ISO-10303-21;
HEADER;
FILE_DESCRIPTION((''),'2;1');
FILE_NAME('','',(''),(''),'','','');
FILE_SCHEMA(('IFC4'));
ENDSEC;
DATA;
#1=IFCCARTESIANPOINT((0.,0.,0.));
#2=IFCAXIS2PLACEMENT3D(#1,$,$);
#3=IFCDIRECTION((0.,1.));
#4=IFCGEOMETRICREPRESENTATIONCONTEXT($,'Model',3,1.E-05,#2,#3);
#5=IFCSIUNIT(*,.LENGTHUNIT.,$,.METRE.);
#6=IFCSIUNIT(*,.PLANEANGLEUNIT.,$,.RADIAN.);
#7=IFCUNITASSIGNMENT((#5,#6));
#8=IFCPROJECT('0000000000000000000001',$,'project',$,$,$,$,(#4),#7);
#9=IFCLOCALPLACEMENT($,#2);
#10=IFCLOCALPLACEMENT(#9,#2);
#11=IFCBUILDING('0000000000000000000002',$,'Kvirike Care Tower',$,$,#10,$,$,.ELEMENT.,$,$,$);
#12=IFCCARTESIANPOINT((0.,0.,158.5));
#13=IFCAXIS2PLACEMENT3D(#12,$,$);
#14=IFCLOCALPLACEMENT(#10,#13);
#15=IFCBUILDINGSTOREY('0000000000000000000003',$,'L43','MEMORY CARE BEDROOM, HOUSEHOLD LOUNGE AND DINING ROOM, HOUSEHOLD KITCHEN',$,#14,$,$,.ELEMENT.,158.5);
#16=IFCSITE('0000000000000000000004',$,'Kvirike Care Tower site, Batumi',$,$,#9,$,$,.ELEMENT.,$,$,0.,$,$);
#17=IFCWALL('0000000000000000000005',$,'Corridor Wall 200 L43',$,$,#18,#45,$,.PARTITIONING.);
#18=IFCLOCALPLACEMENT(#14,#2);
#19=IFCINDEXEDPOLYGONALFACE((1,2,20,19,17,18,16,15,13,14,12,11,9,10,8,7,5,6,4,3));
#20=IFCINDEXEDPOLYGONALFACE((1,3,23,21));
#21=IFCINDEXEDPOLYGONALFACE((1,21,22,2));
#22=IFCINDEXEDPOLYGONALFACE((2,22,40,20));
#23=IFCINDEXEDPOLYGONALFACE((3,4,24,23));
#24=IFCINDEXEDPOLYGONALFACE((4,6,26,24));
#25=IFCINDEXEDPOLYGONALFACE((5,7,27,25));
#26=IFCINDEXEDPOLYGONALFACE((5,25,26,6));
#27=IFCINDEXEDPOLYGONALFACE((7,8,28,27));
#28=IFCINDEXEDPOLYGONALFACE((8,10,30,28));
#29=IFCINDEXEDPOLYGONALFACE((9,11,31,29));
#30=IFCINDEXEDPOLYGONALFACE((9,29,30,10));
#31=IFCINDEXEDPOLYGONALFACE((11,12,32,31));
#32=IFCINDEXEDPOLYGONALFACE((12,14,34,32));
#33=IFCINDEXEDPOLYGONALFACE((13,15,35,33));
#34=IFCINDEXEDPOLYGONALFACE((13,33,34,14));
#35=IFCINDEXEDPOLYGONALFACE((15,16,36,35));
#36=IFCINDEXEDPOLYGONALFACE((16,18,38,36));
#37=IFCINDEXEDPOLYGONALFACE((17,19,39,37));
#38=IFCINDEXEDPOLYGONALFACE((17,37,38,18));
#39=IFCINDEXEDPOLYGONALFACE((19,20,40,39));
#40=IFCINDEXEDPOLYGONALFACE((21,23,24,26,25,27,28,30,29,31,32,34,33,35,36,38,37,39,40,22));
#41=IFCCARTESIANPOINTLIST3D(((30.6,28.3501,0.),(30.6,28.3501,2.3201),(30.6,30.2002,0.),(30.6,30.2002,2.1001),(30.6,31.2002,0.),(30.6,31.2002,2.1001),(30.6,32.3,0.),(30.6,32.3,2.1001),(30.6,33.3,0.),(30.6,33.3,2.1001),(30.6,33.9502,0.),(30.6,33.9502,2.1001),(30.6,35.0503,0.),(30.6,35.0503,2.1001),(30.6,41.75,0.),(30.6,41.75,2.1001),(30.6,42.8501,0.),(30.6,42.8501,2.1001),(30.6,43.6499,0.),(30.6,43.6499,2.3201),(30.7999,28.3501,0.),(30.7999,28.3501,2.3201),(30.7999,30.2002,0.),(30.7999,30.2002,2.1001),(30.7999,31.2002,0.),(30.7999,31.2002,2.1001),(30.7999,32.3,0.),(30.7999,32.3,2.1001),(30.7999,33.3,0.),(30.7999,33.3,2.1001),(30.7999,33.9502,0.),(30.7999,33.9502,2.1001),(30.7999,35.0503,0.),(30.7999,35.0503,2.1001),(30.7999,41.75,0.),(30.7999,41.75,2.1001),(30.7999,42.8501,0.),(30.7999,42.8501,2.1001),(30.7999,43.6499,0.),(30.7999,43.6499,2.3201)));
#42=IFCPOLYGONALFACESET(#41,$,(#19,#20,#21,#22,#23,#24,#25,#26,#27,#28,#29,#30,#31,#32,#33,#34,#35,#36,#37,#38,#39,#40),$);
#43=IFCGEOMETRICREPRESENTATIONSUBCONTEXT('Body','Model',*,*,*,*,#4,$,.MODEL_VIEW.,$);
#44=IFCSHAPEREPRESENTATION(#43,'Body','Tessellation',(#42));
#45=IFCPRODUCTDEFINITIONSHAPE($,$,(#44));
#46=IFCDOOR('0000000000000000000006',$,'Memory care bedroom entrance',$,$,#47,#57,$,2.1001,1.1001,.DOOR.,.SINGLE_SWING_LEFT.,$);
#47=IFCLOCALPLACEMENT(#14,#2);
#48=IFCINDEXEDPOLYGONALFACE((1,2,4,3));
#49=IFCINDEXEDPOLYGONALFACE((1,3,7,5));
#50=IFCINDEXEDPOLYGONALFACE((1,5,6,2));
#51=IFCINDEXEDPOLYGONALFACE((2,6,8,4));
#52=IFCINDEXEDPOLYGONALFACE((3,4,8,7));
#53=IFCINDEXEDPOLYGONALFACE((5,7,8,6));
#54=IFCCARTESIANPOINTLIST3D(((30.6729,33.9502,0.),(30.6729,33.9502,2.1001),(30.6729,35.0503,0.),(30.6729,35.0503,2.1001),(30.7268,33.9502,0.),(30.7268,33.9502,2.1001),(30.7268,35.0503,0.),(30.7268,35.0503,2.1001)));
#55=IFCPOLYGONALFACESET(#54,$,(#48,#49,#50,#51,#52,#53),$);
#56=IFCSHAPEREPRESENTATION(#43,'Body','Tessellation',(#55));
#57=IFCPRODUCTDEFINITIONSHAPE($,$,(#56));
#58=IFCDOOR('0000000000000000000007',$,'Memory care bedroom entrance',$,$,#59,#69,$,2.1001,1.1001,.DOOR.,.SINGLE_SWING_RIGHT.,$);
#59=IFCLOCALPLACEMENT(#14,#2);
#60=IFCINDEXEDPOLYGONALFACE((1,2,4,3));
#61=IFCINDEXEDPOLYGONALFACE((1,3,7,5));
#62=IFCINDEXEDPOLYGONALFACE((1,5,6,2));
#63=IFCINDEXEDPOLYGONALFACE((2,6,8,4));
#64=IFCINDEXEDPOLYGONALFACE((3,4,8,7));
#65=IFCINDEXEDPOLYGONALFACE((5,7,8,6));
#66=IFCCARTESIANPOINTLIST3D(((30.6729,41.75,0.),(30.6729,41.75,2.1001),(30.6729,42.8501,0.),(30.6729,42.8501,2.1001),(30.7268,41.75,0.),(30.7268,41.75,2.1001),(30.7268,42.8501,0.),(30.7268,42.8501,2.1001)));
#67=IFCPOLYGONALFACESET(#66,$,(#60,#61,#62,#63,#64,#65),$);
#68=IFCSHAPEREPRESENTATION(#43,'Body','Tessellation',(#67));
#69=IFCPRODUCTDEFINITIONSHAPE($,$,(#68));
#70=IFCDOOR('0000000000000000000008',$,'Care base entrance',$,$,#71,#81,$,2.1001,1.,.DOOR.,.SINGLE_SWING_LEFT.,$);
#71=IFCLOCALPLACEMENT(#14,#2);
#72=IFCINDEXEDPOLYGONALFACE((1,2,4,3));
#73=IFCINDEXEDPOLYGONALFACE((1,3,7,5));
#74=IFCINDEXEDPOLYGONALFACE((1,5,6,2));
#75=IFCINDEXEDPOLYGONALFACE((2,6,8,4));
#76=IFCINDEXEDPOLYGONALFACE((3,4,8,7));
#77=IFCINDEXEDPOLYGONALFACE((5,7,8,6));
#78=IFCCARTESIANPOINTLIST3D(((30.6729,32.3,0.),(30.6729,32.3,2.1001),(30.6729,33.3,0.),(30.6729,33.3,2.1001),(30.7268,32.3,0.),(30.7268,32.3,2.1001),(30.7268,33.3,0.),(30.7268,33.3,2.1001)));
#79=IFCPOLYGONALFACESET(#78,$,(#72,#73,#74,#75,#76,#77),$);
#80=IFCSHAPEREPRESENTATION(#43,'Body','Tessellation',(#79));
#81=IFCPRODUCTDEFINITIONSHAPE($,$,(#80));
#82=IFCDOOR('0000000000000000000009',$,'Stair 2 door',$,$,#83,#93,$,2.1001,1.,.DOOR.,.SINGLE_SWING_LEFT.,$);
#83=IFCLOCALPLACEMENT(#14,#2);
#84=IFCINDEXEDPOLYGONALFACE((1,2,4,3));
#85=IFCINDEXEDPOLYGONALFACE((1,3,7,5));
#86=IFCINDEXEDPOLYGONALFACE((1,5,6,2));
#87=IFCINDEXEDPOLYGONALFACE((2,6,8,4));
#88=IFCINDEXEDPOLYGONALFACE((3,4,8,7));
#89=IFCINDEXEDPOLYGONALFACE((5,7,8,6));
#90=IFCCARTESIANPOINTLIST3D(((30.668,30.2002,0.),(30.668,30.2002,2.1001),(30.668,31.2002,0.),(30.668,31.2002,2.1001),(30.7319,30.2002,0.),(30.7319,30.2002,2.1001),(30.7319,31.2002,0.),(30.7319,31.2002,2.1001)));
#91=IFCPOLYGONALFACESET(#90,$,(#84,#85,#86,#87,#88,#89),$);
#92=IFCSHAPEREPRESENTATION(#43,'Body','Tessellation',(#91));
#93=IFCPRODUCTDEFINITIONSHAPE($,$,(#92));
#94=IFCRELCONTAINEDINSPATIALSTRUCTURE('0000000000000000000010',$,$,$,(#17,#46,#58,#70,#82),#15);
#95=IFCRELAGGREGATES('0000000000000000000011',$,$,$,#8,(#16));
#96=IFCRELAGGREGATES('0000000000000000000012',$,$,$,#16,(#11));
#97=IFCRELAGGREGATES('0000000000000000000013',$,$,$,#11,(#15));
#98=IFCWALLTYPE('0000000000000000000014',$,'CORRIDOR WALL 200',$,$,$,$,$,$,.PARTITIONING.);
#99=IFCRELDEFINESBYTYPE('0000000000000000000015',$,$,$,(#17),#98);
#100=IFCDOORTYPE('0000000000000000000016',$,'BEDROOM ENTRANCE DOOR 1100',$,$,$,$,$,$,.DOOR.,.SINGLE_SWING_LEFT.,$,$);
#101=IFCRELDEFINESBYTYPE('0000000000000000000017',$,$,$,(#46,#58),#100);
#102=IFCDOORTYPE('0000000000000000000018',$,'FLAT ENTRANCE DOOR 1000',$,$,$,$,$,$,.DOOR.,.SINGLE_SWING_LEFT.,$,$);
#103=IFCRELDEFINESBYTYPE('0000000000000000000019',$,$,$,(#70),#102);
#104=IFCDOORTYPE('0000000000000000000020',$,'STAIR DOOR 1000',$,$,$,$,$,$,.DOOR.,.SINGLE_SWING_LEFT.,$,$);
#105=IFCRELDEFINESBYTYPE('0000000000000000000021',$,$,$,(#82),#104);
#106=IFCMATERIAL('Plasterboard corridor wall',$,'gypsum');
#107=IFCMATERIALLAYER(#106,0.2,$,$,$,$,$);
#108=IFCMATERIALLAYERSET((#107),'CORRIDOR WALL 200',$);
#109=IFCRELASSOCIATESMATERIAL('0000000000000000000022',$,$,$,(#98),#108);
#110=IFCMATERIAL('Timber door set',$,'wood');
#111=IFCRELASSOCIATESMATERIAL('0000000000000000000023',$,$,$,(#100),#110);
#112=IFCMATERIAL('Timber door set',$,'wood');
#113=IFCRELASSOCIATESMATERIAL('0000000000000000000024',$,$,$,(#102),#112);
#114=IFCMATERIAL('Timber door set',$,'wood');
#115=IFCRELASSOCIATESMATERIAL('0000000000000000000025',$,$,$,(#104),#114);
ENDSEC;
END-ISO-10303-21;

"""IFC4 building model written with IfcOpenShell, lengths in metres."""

from ifc_helpers import new_model, si_unit, direction, frame, frame_2d, origin, place, context, subcontext, project, spatial, rectangle, extrude, material, layer, layer_set, type_object, element, fill, save


model = new_model("IFC4")

# Units and contexts
model_context = context("Model", 3, precision=1e-05, world=origin(), true_north=direction((0.0, 1.0)))
body_context = subcontext(model_context, "Body", "Model", "MODEL_VIEW")
ifc_project = project(units=[si_unit("LENGTHUNIT", "METRE"), si_unit("PLANEANGLEUNIT", "RADIAN")], contexts=[model_context])

# Site, building, storey
site_placement = place(None, origin())
site = spatial("IfcSite", under=ifc_project, at=site_placement, Name="Kvirike Care Tower site, Batumi", CompositionType="ELEMENT", RefElevation=0.0)
building_placement = place(site_placement, origin())
building = spatial("IfcBuilding", under=site, at=building_placement, Name="Kvirike Care Tower", CompositionType="ELEMENT")
storey_placement = place(building_placement, frame((0.0, 0.0, 158.5)))
storey = spatial("IfcBuildingStorey", under=building, at=storey_placement, Name="L43", Description="MEMORY CARE BEDROOM, HOUSEHOLD LOUNGE AND DINING ROOM, HOUSEHOLD KITCHEN", CompositionType="ELEMENT", Elevation=158.5)

# Wall, openings, doors
ifc_material_1 = material(Name="Plasterboard corridor wall", Category="gypsum")
ifc_layer_1 = layer(ifc_material_1, 0.2)
ifc_layer_set_1 = layer_set([ifc_layer_1], Name="CORRIDOR WALL 200")
wall_type = type_object("IfcWallType", Name="CORRIDOR WALL 200", PredefinedType="PARTITIONING", material=ifc_layer_set_1)
wall_placement = place(storey_placement, frame((30.7, 28.3501, 0.0), z_axis=(0.0, 0.0, 1.0), x_axis=(0.0, 1.0, 0.0)))
wall = element("IfcWall", 1, at=wall_placement, inside=storey, type_object=wall_type, Name="Corridor Wall 200 L43", PredefinedType="PARTITIONING", context=body_context, shape_type="SweptSolid", body=[
    extrude(rectangle(XDim=15.2998, YDim=0.2, at=frame_2d((7.6499, 0.0))), origin(), (0.0, 0.0, 1.0), 2.3201),
])
opening_1_placement = place(wall_placement, frame((1.8501, 0.0, 0.0)))
opening_1 = element("IfcOpeningElement", 2, at=opening_1_placement, cuts=wall, PredefinedType="OPENING", context=body_context, shape_type="SweptSolid", body=[
    extrude(rectangle(XDim=1.0, YDim=2.1001, at=frame_2d((0.5, 1.05))), frame((0.0, 0.1106, 0.0), z_axis=(0.0, -1.0, 0.0), x_axis=(1.0, 0.0, 0.0)), (0.0, 0.0, 1.0), 0.2209),
])
opening_2_placement = place(wall_placement, frame((3.95, 0.0, 0.0)))
opening_2 = element("IfcOpeningElement", 3, at=opening_2_placement, cuts=wall, PredefinedType="OPENING", context=body_context, shape_type="SweptSolid", body=[
    extrude(rectangle(XDim=1.0, YDim=2.1001, at=frame_2d((0.5, 1.05))), frame((0.0, 0.1106, 0.0), z_axis=(0.0, -1.0, 0.0), x_axis=(1.0, 0.0, 0.0)), (0.0, 0.0, 1.0), 0.2209),
])
opening_3_placement = place(wall_placement, frame((5.6001, 0.0, 0.0)))
opening_3 = element("IfcOpeningElement", 4, at=opening_3_placement, cuts=wall, PredefinedType="OPENING", context=body_context, shape_type="SweptSolid", body=[
    extrude(rectangle(XDim=1.1001, YDim=2.1001, at=frame_2d((0.55, 1.05))), frame((0.0, 0.1106, 0.0), z_axis=(0.0, -1.0, 0.0), x_axis=(1.0, 0.0, 0.0)), (0.0, 0.0, 1.0), 0.2209),
])
opening_4_placement = place(wall_placement, frame((13.3999, 0.0, 0.0)))
opening_4 = element("IfcOpeningElement", 5, at=opening_4_placement, cuts=wall, PredefinedType="OPENING", context=body_context, shape_type="SweptSolid", body=[
    extrude(rectangle(XDim=1.1001, YDim=2.1001, at=frame_2d((0.55, 1.05))), frame((0.0, 0.1106, 0.0), z_axis=(0.0, -1.0, 0.0), x_axis=(1.0, 0.0, 0.0)), (0.0, 0.0, 1.0), 0.2209),
])
ifc_material_2 = material(Name="Timber door set", Category="wood")
door_type_1 = type_object("IfcDoorType", Name="BEDROOM ENTRANCE DOOR 1100", OperationType="SINGLE_SWING_LEFT", PredefinedType="DOOR", material=ifc_material_2)
door_1_placement = place(opening_3_placement, frame((1.1001, 0.0, 0.0), z_axis=(0.0, 0.0, 1.0), x_axis=(-1.0, 0.0, 0.0)))
door_1 = element("IfcDoor", 6, at=door_1_placement, inside=storey, type_object=door_type_1, Name="Memory care bedroom entrance", OperationType="SINGLE_SWING_LEFT", OverallHeight=2.1001, OverallWidth=1.1001, PredefinedType="DOOR", context=body_context, shape_type="SweptSolid", body=[
    extrude(rectangle(XDim=1.1001, YDim=2.1001, at=frame_2d((0.55, 1.05))), frame((0.0, 0.0269, 0.0), z_axis=(0.0, -1.0, 0.0), x_axis=(1.0, 0.0, 0.0)), (0.0, 0.0, 1.0), 0.054),
])
fill(opening_3, door_1)
door_2_placement = place(opening_4_placement, frame((1.1001, 0.0, 0.0), z_axis=(0.0, 0.0, 1.0), x_axis=(-1.0, 0.0, 0.0)))
door_2 = element("IfcDoor", 7, at=door_2_placement, inside=storey, type_object=door_type_1, Name="Memory care bedroom entrance", OperationType="SINGLE_SWING_RIGHT", OverallHeight=2.1001, OverallWidth=1.1001, PredefinedType="DOOR", context=body_context, shape_type="SweptSolid", body=[
    extrude(rectangle(XDim=1.1001, YDim=2.1001, at=frame_2d((0.55, 1.05))), frame((0.0, 0.0269, 0.0), z_axis=(0.0, -1.0, 0.0), x_axis=(1.0, 0.0, 0.0)), (0.0, 0.0, 1.0), 0.054),
])
fill(opening_4, door_2)
ifc_material_3 = material(Name="Timber door set", Category="wood")
door_type_2 = type_object("IfcDoorType", Name="FLAT ENTRANCE DOOR 1000", OperationType="SINGLE_SWING_LEFT", PredefinedType="DOOR", material=ifc_material_3)
door_3_placement = place(opening_2_placement, frame((1.0, 0.0, 0.0), z_axis=(0.0, 0.0, 1.0), x_axis=(-1.0, 0.0, 0.0)))
door_3 = element("IfcDoor", 8, at=door_3_placement, inside=storey, type_object=door_type_2, Name="Care base entrance", OperationType="SINGLE_SWING_LEFT", OverallHeight=2.1001, OverallWidth=1.0, PredefinedType="DOOR", context=body_context, shape_type="SweptSolid", body=[
    extrude(rectangle(XDim=1.0, YDim=2.1001, at=frame_2d((0.5, 1.05))), frame((0.0, 0.0269, 0.0), z_axis=(0.0, -1.0, 0.0), x_axis=(1.0, 0.0, 0.0)), (0.0, 0.0, 1.0), 0.054),
])
fill(opening_2, door_3)
ifc_material_4 = material(Name="Timber door set", Category="wood")
door_type_3 = type_object("IfcDoorType", Name="STAIR DOOR 1000", OperationType="SINGLE_SWING_LEFT", PredefinedType="DOOR", material=ifc_material_4)
door_4_placement = place(opening_1_placement, frame((1.0, 0.0, 0.0), z_axis=(0.0, 0.0, 1.0), x_axis=(-1.0, 0.0, 0.0)))
door_4 = element("IfcDoor", 9, at=door_4_placement, inside=storey, type_object=door_type_3, Name="Stair 2 door", OperationType="SINGLE_SWING_LEFT", OverallHeight=2.1001, OverallWidth=1.0, PredefinedType="DOOR", context=body_context, shape_type="SweptSolid", body=[
    extrude(rectangle(XDim=1.0, YDim=2.1001, at=frame_2d((0.5, 1.05))), frame((0.0, 0.032, 0.0), z_axis=(0.0, -1.0, 0.0), x_axis=(1.0, 0.0, 0.0)), (0.0, 0.0, 1.0), 0.064),
])
fill(opening_1, door_4)

save(model, "model.ifc")
